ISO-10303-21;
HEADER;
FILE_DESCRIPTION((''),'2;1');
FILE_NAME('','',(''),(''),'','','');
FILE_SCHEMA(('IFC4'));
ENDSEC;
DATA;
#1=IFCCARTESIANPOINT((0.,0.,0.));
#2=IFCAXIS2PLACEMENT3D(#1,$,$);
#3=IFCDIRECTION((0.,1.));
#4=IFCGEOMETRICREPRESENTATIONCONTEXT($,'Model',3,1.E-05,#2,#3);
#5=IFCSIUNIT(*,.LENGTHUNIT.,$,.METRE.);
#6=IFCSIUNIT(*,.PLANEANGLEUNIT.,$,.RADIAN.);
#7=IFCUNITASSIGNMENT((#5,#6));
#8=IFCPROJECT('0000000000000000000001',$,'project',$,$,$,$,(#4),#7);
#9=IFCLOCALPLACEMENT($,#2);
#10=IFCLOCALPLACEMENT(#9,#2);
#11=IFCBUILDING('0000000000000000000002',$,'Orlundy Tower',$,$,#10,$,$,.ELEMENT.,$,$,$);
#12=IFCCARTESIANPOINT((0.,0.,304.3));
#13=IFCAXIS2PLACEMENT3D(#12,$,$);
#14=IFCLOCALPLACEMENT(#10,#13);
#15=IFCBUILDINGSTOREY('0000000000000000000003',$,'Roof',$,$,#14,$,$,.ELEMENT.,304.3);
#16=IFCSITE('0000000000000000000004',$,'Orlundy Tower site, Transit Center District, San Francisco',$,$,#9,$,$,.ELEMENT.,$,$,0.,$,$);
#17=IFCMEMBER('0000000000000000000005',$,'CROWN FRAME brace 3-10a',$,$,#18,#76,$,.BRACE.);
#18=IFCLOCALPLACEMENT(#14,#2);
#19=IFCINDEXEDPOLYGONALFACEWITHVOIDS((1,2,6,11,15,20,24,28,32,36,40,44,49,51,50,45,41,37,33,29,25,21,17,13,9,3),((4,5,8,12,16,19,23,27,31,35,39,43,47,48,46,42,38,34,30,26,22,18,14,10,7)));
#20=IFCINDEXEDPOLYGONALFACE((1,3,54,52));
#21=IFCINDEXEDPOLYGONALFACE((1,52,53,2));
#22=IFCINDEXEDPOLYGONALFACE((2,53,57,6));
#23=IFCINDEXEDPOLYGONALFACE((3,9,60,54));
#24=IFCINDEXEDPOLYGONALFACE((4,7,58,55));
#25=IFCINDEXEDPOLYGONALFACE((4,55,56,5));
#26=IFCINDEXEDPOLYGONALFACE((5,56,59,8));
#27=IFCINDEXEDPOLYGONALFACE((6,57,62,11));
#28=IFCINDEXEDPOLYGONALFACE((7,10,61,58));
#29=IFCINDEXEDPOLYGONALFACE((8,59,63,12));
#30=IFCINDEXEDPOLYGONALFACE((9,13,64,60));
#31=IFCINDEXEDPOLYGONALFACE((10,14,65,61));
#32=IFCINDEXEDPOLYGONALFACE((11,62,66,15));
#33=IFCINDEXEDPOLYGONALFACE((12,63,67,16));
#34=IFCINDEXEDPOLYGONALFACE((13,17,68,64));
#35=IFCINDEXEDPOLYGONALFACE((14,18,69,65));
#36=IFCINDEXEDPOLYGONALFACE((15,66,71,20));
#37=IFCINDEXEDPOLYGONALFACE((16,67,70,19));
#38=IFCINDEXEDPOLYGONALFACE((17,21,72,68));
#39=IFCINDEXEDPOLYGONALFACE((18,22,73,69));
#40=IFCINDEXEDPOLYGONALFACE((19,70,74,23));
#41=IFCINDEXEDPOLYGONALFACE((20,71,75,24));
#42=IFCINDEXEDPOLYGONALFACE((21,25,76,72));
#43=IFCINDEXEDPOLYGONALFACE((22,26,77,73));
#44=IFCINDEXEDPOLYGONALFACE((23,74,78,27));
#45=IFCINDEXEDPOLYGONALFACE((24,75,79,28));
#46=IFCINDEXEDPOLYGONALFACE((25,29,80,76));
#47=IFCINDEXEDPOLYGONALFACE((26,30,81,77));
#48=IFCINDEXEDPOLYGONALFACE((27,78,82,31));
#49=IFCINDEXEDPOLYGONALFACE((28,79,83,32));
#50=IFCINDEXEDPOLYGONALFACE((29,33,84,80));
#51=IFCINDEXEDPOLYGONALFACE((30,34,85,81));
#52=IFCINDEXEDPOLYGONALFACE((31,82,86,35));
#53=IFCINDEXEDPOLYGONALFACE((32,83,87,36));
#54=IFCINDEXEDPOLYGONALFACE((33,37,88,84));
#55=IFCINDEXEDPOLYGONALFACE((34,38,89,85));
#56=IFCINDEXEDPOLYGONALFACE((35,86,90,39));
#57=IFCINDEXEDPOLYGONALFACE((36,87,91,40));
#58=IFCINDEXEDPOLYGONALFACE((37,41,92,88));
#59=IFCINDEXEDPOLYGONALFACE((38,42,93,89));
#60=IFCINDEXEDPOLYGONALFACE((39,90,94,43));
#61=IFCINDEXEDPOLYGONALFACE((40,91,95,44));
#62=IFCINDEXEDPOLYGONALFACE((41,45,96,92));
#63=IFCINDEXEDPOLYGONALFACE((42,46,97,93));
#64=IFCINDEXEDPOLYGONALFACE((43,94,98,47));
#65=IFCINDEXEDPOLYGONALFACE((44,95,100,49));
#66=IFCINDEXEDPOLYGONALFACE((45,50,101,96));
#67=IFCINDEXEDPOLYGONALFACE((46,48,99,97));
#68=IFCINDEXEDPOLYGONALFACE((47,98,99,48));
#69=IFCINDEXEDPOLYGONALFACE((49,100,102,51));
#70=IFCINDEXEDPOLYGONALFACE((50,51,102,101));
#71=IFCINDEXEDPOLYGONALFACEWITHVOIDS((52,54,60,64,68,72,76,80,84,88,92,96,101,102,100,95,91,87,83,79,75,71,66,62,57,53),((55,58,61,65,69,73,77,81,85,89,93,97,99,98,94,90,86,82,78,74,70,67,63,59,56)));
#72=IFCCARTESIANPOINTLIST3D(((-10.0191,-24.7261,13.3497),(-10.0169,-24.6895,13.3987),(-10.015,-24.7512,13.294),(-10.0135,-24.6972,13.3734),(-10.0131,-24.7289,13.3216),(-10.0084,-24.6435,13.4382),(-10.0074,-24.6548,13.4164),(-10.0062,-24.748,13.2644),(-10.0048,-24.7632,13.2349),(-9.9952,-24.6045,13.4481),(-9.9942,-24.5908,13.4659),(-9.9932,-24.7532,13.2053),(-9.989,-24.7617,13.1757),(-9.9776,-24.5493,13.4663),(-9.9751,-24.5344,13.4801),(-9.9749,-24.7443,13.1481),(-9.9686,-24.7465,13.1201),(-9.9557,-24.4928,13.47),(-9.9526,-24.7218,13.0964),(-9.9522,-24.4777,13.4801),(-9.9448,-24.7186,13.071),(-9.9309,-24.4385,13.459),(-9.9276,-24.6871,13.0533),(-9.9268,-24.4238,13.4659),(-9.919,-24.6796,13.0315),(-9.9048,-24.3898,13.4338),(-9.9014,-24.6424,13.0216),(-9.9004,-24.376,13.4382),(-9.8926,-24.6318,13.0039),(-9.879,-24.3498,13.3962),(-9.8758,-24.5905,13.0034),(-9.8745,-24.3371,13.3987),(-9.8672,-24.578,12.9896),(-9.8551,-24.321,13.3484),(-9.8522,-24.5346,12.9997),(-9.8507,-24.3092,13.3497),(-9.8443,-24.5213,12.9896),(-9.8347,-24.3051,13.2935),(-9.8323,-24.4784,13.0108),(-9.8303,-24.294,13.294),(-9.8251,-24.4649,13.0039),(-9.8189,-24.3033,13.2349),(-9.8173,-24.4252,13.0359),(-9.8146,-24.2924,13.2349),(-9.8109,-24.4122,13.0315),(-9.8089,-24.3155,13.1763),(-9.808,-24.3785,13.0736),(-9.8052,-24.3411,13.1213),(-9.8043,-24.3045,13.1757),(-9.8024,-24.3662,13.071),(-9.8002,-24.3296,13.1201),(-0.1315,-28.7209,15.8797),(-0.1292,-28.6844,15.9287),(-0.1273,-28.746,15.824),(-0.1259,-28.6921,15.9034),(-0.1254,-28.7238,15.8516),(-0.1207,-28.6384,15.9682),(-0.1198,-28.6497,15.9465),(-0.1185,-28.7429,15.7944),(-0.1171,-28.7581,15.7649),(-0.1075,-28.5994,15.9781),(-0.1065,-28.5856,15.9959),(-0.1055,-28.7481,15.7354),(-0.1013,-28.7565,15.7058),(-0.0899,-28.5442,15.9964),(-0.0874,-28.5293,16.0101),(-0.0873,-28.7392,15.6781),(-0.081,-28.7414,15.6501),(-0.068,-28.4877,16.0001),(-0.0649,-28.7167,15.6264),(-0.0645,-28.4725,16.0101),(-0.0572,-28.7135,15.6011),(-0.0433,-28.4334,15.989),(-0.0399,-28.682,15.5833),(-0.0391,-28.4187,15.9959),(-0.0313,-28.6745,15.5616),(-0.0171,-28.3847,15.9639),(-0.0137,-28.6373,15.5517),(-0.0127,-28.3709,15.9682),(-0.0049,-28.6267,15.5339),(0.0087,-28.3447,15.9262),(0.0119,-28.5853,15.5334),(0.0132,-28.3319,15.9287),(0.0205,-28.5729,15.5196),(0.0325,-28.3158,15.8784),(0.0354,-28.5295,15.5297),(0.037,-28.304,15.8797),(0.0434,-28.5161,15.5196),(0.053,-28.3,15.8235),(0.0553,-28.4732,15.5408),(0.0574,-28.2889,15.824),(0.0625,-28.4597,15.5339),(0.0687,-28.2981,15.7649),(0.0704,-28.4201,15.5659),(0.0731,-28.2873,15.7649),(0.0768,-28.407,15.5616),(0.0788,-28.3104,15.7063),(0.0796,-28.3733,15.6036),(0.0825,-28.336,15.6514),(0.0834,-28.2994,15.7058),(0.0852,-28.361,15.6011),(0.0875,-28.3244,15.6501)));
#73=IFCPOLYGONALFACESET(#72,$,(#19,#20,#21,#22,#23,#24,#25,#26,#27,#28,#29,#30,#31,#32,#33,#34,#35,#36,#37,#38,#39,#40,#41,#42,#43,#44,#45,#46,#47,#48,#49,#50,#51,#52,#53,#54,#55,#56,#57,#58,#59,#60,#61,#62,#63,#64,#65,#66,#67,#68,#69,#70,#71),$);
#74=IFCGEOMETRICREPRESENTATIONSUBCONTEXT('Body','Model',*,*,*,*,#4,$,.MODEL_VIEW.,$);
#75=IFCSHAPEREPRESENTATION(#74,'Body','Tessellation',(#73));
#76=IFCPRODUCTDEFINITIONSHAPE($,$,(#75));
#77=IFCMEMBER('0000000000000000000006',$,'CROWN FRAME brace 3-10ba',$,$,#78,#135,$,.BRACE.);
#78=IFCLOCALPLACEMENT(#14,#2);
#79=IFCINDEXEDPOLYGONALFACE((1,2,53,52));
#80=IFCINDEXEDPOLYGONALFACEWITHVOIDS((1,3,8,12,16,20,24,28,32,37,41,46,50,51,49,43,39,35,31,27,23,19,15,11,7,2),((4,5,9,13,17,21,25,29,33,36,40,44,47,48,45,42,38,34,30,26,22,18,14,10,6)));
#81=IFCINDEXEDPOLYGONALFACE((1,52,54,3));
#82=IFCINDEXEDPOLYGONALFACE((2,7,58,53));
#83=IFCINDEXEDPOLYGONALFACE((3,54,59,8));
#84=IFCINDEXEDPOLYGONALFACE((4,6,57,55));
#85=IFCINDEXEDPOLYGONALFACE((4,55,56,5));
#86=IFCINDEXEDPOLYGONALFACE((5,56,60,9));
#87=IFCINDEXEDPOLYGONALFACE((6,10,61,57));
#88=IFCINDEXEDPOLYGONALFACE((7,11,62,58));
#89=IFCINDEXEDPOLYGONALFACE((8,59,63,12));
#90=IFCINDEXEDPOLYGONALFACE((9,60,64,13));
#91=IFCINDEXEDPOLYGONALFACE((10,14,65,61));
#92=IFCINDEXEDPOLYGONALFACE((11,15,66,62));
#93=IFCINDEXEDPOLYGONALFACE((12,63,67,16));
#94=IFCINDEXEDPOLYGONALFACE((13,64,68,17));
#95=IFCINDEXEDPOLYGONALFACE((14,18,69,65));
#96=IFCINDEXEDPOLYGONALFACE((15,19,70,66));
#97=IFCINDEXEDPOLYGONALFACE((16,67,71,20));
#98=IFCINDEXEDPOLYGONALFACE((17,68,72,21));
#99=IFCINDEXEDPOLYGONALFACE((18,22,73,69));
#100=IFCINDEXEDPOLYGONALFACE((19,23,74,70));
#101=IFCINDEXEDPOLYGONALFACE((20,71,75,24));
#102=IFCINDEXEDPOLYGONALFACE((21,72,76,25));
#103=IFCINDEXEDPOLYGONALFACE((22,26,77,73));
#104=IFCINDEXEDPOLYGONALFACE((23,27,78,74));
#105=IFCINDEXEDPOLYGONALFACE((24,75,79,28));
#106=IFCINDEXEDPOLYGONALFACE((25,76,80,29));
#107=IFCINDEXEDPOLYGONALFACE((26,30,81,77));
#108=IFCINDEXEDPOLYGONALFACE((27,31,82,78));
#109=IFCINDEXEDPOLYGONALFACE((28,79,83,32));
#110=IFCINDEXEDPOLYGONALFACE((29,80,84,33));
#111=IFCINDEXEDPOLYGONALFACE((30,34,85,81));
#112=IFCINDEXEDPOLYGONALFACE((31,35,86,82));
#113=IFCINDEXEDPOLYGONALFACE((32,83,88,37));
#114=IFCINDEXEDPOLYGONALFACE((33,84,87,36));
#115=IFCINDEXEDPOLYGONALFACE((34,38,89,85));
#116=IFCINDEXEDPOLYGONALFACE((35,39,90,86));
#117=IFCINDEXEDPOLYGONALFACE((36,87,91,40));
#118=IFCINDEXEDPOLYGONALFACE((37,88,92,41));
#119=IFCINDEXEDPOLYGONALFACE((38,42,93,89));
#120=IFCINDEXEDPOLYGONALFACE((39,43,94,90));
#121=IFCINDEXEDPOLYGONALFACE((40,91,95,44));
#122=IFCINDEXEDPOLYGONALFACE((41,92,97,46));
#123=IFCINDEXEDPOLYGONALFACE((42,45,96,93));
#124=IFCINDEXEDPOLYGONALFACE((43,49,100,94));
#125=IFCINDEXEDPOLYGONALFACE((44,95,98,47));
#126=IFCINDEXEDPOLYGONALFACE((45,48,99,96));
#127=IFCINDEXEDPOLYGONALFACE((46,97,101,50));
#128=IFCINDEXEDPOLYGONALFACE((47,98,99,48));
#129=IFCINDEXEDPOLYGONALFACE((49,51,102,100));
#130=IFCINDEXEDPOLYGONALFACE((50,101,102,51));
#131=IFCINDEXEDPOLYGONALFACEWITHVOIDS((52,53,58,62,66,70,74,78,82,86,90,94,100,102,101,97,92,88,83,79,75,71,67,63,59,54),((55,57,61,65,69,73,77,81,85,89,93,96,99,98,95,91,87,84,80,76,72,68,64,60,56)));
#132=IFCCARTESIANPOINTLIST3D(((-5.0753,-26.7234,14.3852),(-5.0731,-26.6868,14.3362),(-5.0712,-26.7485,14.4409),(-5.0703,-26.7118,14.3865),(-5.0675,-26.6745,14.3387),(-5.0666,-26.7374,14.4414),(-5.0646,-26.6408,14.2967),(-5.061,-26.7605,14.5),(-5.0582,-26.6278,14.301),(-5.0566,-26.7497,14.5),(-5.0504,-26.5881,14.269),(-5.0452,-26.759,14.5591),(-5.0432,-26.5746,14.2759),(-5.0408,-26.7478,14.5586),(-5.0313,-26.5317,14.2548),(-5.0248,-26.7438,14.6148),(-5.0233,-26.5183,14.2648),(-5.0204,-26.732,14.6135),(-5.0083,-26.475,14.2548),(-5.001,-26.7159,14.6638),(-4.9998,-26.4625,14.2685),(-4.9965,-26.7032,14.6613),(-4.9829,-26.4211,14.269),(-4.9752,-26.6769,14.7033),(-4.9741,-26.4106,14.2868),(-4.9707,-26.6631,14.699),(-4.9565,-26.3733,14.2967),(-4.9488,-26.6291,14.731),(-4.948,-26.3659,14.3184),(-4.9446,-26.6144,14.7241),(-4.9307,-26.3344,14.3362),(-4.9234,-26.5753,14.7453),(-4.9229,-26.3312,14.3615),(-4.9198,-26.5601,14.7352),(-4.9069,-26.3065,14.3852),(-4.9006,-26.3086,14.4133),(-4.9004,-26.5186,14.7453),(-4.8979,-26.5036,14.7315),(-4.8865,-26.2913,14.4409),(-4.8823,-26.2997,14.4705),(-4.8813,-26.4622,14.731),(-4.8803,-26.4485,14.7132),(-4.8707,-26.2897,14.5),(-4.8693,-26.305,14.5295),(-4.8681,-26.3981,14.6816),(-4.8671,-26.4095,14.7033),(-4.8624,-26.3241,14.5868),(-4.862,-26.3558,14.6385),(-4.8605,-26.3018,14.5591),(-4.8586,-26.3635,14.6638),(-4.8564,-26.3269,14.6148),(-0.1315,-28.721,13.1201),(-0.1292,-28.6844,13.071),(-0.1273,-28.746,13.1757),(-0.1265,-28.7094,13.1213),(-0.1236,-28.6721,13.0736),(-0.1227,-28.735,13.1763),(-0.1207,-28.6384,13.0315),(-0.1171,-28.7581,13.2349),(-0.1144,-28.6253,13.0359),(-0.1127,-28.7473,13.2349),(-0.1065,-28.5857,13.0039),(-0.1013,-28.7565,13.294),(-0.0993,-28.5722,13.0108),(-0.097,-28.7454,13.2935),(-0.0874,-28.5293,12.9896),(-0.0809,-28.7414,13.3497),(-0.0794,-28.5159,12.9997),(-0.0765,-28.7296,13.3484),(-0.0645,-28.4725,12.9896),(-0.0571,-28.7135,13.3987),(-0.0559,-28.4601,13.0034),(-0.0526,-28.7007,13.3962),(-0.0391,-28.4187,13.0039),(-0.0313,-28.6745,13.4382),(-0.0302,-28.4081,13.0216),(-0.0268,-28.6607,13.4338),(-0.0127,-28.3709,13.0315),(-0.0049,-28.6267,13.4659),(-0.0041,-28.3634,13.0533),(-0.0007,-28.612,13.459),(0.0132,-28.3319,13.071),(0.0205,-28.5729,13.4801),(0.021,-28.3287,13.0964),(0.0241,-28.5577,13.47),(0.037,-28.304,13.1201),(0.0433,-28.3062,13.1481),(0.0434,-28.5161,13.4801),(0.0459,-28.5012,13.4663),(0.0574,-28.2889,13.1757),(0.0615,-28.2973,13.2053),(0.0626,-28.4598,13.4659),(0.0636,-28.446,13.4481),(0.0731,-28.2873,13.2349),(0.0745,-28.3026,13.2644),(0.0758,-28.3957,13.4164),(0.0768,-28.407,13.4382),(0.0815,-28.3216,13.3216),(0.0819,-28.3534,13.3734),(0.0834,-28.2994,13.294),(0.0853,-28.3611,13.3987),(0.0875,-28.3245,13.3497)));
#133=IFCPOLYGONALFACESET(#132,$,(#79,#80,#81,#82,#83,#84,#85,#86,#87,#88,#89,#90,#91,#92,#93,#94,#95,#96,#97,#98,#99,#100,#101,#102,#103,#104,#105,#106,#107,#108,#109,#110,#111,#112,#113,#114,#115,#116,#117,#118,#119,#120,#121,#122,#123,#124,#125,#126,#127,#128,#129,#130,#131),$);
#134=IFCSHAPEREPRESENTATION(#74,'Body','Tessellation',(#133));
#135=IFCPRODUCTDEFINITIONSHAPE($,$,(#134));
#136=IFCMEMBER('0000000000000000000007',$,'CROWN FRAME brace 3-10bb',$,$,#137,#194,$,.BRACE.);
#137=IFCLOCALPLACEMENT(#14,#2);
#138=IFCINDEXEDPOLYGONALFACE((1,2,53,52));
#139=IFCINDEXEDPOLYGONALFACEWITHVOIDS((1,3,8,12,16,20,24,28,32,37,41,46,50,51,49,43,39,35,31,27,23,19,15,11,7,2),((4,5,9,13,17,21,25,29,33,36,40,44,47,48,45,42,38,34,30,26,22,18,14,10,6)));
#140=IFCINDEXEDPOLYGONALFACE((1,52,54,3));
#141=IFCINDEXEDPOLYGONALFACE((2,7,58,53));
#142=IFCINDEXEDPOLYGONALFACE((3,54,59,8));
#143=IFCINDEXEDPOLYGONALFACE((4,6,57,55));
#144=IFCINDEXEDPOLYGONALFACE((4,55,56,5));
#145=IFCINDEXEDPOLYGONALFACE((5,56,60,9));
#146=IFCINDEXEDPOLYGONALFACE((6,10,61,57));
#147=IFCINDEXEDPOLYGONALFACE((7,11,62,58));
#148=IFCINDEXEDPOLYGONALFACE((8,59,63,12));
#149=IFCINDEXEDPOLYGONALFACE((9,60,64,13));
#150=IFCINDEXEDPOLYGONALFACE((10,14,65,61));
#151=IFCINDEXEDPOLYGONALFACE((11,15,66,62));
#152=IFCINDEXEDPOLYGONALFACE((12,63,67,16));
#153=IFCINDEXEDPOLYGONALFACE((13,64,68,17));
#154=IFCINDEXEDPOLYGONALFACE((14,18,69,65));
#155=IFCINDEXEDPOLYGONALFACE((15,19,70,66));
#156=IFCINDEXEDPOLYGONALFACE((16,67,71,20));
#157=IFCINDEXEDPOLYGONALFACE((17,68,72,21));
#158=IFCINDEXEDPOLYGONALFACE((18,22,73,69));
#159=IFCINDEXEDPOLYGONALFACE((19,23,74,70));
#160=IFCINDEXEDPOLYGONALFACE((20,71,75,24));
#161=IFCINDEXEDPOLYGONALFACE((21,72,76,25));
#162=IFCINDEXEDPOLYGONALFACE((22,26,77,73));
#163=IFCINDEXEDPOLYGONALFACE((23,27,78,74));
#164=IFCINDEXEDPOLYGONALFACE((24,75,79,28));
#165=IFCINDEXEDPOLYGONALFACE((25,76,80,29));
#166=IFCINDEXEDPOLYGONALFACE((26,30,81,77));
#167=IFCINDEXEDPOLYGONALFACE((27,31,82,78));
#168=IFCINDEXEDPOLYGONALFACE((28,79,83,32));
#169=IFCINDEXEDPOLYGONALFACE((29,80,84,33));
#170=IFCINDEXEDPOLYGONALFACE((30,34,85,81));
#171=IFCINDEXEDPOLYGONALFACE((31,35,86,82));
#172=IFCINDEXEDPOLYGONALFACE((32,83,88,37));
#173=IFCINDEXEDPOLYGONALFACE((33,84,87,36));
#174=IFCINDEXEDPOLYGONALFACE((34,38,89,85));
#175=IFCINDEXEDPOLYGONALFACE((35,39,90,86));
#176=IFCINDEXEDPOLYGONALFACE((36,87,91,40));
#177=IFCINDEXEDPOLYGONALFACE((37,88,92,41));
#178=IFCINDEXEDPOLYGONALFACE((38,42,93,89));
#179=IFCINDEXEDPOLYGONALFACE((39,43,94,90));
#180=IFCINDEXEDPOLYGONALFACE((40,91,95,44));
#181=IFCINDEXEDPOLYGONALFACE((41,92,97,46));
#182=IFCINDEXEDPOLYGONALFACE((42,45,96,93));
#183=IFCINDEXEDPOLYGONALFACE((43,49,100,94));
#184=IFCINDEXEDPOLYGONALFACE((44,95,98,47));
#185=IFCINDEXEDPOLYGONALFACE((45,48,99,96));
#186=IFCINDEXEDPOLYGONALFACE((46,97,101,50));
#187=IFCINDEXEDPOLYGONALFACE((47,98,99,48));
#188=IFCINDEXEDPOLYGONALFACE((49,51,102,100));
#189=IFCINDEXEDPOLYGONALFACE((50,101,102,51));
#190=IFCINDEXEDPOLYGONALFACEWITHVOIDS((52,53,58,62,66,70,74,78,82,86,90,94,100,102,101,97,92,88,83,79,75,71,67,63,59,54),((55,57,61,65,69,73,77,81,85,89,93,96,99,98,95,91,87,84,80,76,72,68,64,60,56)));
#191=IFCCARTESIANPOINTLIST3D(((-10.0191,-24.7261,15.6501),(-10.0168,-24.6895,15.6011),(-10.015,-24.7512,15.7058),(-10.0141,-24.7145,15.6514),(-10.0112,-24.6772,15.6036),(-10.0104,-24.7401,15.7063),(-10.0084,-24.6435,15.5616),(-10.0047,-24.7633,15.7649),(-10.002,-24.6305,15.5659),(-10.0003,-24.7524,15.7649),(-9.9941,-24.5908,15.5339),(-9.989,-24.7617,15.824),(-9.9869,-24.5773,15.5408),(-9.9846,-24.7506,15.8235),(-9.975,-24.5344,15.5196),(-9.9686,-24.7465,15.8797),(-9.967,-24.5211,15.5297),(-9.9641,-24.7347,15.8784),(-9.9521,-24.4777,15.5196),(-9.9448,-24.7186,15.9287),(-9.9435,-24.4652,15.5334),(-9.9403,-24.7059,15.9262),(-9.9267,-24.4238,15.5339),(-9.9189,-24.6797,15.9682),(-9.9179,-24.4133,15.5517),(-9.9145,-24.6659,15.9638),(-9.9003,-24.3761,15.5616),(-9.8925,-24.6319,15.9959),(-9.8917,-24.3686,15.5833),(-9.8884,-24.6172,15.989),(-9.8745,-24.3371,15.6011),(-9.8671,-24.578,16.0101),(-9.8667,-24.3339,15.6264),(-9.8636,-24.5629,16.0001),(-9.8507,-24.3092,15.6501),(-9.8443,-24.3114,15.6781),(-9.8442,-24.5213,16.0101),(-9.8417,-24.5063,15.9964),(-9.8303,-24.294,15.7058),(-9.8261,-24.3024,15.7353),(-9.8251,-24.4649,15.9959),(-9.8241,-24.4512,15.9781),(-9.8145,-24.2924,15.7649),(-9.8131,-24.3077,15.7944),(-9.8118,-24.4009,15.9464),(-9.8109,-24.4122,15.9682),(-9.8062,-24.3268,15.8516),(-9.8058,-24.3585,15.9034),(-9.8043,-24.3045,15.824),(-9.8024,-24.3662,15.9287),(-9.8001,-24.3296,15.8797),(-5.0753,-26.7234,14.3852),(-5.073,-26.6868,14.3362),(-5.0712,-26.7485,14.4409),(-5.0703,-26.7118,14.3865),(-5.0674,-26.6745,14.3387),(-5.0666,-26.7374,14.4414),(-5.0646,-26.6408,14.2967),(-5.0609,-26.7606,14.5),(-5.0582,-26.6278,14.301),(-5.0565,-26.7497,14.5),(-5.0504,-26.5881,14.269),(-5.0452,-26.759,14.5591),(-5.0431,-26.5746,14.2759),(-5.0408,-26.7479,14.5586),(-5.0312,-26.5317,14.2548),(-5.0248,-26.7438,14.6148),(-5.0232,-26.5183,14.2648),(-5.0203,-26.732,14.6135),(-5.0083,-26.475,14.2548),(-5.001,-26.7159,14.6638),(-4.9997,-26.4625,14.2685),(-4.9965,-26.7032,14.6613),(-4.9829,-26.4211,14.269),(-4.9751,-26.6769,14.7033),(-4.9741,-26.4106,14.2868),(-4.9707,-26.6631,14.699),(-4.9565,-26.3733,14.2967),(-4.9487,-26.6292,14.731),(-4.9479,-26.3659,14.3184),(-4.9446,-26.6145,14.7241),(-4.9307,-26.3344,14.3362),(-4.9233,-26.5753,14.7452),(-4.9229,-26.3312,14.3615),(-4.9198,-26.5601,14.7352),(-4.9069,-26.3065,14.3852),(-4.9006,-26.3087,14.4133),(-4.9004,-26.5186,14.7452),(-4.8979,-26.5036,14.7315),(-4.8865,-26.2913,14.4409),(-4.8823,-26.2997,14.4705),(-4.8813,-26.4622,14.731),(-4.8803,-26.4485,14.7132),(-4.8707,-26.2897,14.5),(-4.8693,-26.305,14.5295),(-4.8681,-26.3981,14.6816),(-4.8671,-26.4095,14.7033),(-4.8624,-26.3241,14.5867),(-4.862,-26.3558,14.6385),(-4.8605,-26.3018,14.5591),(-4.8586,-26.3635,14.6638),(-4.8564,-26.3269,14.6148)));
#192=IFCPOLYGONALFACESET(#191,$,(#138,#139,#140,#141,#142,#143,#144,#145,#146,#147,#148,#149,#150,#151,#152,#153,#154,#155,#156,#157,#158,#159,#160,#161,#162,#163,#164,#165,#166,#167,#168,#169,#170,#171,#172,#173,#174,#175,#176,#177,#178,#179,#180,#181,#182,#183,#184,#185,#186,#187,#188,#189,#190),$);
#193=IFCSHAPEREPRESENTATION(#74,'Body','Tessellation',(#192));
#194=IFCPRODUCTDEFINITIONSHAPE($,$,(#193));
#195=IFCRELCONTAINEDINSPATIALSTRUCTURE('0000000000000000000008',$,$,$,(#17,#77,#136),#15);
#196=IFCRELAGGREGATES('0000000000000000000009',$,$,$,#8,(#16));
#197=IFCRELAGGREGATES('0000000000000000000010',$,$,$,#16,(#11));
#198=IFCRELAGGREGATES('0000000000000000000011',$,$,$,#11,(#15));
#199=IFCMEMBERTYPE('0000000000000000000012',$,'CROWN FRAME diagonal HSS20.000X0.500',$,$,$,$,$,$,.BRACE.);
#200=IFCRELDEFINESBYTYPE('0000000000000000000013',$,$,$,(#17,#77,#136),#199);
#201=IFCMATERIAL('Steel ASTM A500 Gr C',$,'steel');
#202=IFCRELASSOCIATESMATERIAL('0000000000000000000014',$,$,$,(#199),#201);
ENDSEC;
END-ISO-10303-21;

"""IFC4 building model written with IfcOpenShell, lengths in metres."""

from ifc_helpers import new_model, si_unit, direction, frame, origin, origin_2d, place, context, subcontext, project, spatial, hollow_circle, extrude, material, material_profile, profile_set, type_object, element, save


model = new_model("IFC4")

# Units and contexts
model_context = context("Model", 3, precision=1e-05, world=origin(), true_north=direction((0.0, 1.0)))
body_context = subcontext(model_context, "Body", "Model", "MODEL_VIEW")
ifc_project = project(units=[si_unit("LENGTHUNIT", "METRE"), si_unit("PLANEANGLEUNIT", "RADIAN")], contexts=[model_context])

# Site, building, storey
site_placement = place(None, origin())
site = spatial("IfcSite", under=ifc_project, at=site_placement, Name="Orlundy Tower site, Transit Center District, San Francisco", CompositionType="ELEMENT", RefElevation=0.0)
building_placement = place(site_placement, origin())
building = spatial("IfcBuilding", under=site, at=building_placement, Name="Orlundy Tower", CompositionType="ELEMENT")
storey_placement = place(building_placement, frame((0.0, 0.0, 304.3)))
storey = spatial("IfcBuildingStorey", under=building, at=storey_placement, Name="Roof", CompositionType="ELEMENT", Elevation=304.3)

# Members
ifc_material_1 = material(Name="Steel ASTM A500 Gr C", Category="steel")
ifc_material_profile_1 = material_profile(ifc_material_1, hollow_circle(Radius=0.2539, WallThickness=0.0117, at=origin_2d()), Name="HSS20.000X0.500")
ifc_profile_set_1 = profile_set([ifc_material_profile_1], Name="Steel ASTM A500 Gr C")
member_type_1 = type_object("IfcMemberType", Name="CROWN FRAME diagonal HSS20.000X0.500", PredefinedType="BRACE", material=ifc_profile_set_1)
member_1_placement = place(storey_placement, frame((-9.9097, -24.5278, 13.2349), z_axis=(0.902143, -0.364488, 0.230837), x_axis=(0.374605, 0.927184, 0.0)))
element("IfcMember", 1, at=member_1_placement, inside=storey, type_object=member_type_1, Name="CROWN FRAME brace 3-10a", PredefinedType="BRACE", context=body_context, shape_type="SweptSolid", body=[
    extrude(hollow_circle(Radius=0.2539, WallThickness=0.0117, at=origin_2d()), origin(), (0.0, 0.0, 1.0), 10.9602),
])
member_2_placement = place(storey_placement, frame((-0.022, -28.5227, 13.2349), z_axis=(-0.902131, 0.364506, 0.230857), x_axis=(-0.374625, -0.927176, 0.0)))
element("IfcMember", 2, at=member_2_placement, inside=storey, type_object=member_type_1, Name="CROWN FRAME brace 3-10ba", PredefinedType="BRACE", context=body_context, shape_type="SweptSolid", body=[
    extrude(hollow_circle(Radius=0.2539, WallThickness=0.0117, at=origin_2d()), origin(), (0.0, 0.0, 1.0), 5.4802),
])
member_3_placement = place(storey_placement, frame((-4.9658, -26.5251, 14.5), z_axis=(-0.902155, 0.364471, 0.230818), x_axis=(-0.374586, -0.927192, 0.0)))
element("IfcMember", 3, at=member_3_placement, inside=storey, type_object=member_type_1, Name="CROWN FRAME brace 3-10bb", PredefinedType="BRACE", context=body_context, shape_type="SweptSolid", body=[
    extrude(hollow_circle(Radius=0.2539, WallThickness=0.0117, at=origin_2d()), origin(), (0.0, 0.0, 1.0), 5.48),
])

save(model, "model.ifc")
